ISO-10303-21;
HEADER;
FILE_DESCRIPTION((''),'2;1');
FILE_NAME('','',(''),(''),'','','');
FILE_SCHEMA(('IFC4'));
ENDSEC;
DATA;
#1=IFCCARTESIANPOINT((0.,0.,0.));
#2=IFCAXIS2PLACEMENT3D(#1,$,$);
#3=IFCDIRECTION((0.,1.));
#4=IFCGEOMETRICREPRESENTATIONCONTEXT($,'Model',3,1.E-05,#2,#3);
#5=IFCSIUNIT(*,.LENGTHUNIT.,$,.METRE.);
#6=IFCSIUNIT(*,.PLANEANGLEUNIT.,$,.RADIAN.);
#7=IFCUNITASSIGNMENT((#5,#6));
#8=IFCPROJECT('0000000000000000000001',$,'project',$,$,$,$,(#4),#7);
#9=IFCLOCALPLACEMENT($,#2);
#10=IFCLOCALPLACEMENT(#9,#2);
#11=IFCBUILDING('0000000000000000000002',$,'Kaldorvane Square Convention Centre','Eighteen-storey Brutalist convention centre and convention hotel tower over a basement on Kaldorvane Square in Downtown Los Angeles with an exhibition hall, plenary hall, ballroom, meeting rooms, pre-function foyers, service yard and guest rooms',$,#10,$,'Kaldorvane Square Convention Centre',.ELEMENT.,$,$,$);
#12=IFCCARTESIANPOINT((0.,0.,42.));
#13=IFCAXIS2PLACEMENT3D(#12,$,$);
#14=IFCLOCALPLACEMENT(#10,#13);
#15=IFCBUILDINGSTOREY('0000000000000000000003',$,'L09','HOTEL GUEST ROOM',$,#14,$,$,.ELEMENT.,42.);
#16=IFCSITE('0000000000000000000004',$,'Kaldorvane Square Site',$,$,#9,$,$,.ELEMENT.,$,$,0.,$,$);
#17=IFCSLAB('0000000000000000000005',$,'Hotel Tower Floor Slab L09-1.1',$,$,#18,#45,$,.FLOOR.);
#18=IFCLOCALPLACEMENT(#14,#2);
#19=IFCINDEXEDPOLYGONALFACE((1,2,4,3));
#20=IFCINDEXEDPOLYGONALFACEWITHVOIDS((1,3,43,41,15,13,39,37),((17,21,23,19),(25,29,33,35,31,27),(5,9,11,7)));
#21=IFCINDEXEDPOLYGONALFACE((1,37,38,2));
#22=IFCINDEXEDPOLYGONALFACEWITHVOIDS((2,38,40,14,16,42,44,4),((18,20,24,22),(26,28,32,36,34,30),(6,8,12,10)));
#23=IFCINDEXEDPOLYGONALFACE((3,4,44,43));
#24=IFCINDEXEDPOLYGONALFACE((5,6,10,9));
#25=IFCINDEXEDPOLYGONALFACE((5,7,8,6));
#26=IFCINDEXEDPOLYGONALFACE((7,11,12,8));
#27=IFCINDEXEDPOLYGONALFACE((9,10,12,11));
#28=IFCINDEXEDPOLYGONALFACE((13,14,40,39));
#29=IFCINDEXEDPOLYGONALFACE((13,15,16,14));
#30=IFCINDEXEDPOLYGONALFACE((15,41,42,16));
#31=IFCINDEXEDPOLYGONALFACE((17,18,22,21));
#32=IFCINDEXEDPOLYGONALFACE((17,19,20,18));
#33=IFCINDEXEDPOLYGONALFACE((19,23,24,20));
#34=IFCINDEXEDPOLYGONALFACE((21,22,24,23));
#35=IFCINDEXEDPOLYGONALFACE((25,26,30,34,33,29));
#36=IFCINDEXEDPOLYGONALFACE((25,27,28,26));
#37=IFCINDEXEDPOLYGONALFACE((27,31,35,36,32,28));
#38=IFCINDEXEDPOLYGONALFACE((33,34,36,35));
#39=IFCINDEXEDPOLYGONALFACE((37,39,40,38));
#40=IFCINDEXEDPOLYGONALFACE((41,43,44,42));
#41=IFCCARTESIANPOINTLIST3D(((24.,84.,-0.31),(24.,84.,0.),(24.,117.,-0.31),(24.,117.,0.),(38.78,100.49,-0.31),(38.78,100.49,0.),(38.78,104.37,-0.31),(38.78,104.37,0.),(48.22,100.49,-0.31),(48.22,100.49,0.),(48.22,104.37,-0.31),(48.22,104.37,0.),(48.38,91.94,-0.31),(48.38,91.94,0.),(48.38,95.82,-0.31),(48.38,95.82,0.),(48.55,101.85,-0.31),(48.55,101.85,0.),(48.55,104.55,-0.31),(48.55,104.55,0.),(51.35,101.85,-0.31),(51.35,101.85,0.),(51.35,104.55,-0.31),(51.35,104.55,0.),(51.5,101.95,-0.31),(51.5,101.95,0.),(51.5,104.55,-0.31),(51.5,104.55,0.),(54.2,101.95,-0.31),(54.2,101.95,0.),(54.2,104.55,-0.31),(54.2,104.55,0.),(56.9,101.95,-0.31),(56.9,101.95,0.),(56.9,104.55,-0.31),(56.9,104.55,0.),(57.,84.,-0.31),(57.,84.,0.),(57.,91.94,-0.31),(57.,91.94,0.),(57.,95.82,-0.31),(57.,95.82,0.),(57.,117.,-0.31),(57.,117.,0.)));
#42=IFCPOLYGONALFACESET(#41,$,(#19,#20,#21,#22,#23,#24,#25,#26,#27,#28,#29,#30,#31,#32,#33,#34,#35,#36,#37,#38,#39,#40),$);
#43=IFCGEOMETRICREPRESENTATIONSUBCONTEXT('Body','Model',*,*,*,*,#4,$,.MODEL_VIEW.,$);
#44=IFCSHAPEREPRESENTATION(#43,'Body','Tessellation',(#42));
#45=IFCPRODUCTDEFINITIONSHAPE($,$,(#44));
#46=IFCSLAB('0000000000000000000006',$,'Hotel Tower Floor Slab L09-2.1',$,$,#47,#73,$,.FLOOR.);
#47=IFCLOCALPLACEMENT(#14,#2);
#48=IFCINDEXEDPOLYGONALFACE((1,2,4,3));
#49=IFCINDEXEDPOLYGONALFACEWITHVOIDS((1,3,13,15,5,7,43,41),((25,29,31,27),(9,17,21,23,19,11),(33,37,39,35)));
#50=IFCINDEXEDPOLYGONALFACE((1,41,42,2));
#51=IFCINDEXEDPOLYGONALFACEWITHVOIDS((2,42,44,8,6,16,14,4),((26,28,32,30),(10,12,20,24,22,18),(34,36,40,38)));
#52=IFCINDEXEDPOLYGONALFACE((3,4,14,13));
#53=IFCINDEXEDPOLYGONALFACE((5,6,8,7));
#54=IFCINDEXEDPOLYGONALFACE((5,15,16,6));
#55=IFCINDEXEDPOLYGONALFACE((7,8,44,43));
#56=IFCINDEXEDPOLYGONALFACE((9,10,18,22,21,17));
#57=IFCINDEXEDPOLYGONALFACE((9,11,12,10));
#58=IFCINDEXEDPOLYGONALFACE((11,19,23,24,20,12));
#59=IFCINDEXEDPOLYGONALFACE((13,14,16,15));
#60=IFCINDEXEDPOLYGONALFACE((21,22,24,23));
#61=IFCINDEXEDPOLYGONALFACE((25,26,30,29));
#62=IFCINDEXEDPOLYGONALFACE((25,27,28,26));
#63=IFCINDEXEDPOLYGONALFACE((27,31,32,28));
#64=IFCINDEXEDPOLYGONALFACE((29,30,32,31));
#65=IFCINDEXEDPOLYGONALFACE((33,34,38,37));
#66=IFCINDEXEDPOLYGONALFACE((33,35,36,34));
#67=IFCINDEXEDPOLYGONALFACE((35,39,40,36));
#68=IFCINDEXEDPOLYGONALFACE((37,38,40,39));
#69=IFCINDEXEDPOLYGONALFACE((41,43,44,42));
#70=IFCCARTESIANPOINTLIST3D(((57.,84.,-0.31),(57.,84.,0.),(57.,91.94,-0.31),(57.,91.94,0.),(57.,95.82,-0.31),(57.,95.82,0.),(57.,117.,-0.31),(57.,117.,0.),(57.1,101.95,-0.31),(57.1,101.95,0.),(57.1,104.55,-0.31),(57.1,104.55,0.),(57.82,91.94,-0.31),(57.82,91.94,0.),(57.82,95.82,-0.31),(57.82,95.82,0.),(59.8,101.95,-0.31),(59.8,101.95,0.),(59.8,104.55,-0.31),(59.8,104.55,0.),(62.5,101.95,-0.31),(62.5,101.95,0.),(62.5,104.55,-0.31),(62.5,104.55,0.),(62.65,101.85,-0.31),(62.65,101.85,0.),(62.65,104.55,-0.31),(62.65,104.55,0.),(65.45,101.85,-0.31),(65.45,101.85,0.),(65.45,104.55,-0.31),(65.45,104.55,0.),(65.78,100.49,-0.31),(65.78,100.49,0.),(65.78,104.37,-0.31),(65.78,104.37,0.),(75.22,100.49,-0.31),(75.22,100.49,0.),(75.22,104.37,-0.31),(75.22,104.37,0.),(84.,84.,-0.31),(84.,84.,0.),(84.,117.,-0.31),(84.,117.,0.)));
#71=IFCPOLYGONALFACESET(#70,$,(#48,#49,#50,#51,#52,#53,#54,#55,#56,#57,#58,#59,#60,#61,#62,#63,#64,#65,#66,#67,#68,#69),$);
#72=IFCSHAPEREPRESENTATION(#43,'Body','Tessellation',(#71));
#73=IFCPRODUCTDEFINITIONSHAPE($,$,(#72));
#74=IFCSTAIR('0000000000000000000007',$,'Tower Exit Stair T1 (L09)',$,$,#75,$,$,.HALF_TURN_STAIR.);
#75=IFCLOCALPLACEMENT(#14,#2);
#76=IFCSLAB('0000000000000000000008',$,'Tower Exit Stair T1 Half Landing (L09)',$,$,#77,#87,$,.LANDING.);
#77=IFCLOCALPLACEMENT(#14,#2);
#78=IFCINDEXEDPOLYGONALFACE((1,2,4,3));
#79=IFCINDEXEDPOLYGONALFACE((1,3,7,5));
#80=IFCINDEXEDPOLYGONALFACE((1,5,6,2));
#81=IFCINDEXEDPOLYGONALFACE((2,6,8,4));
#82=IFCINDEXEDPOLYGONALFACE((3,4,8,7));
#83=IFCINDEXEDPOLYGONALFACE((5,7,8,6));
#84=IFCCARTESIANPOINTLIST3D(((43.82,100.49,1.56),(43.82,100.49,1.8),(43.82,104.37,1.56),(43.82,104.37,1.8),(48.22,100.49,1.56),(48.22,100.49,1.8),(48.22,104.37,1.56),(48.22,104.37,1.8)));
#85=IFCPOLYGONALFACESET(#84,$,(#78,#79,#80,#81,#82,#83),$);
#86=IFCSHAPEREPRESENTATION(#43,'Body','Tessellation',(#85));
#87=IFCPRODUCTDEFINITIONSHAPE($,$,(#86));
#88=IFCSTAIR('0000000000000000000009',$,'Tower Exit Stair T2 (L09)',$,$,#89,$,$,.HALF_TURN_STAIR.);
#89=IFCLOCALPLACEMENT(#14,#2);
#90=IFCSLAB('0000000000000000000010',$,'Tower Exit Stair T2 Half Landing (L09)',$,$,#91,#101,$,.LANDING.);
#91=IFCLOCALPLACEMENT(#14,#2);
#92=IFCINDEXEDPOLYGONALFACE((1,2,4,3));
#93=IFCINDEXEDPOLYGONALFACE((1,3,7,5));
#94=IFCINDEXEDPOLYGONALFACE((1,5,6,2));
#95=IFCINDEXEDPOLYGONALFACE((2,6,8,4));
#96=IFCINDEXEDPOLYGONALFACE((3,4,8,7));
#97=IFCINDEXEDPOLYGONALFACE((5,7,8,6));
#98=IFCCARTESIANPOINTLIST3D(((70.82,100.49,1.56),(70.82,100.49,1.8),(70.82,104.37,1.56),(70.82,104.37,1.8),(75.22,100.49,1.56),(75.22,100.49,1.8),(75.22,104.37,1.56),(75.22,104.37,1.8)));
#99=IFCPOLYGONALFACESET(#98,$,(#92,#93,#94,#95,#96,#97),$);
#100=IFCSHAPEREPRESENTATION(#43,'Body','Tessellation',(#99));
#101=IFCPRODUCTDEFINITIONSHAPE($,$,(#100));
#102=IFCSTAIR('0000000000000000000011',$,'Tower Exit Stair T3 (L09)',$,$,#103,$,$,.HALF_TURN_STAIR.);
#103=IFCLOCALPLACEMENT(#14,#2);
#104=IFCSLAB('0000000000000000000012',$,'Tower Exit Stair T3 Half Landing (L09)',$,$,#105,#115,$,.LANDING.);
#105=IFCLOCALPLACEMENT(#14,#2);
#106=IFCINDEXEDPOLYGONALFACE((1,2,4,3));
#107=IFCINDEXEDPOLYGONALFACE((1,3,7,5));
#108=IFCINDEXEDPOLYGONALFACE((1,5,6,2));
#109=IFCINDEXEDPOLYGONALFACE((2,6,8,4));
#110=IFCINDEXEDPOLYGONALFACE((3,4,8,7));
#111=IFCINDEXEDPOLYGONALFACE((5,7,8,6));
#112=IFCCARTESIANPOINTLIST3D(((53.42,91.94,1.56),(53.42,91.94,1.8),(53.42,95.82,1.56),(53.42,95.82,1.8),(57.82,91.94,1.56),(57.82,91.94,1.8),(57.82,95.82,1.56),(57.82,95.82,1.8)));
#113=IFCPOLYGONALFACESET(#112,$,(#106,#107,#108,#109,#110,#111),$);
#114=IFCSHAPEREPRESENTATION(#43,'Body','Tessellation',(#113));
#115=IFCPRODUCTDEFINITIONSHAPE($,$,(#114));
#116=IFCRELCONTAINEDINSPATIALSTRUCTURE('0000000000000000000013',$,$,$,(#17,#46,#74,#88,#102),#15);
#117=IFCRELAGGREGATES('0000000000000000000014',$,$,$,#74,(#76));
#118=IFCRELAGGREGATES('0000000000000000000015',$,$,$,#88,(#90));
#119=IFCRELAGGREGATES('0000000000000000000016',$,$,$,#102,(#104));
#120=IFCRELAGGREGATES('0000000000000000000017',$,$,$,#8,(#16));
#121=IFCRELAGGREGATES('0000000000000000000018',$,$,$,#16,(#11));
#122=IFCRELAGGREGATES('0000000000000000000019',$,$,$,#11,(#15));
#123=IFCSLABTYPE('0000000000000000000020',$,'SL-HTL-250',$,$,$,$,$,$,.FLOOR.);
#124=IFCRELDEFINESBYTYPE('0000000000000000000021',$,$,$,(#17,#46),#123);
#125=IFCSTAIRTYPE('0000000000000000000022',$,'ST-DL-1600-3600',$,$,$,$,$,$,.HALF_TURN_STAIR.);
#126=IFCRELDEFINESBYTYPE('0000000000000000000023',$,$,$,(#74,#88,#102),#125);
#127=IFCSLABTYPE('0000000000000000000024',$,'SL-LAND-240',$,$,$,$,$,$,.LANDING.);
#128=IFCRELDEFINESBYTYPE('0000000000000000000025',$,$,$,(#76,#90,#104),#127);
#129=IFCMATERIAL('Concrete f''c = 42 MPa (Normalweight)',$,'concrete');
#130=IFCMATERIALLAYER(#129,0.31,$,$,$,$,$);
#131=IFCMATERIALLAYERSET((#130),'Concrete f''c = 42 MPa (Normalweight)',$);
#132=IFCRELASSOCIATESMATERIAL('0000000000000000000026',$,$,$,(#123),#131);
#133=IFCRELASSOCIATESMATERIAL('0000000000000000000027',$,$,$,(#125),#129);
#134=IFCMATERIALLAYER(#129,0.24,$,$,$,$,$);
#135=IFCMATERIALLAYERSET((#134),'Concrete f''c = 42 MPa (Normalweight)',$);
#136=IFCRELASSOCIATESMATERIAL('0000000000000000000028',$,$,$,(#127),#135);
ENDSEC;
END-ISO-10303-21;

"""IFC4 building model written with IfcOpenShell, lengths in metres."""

from ifc_helpers import new_model, si_unit, direction, frame, origin, place, context, subcontext, project, spatial, polyline, outline, extrude, material, layer, layer_set, type_object, element, aggregate, save


model = new_model("IFC4")

# Units and contexts
model_context = context("Model", 3, precision=1e-05, world=origin(), true_north=direction((0.0, 1.0)))
body_context = subcontext(model_context, "Body", "Model", "MODEL_VIEW")
ifc_project = project(units=[si_unit("LENGTHUNIT", "METRE"), si_unit("PLANEANGLEUNIT", "RADIAN")], contexts=[model_context])

# Site, building, storey
site_placement = place(None, origin())
site = spatial("IfcSite", under=ifc_project, at=site_placement, Name="Kaldorvane Square Site", CompositionType="ELEMENT", RefElevation=0.0)
building_placement = place(site_placement, origin())
building = spatial("IfcBuilding", under=site, at=building_placement, Name="Kaldorvane Square Convention Centre", Description="Eighteen-storey Brutalist convention centre and convention hotel tower over a basement on Kaldorvane Square in Downtown Los Angeles with an exhibition hall, plenary hall, ballroom, meeting rooms, pre-function foyers, service yard and guest rooms", LongName="Kaldorvane Square Convention Centre", CompositionType="ELEMENT")
storey_placement = place(building_placement, frame((0.0, 0.0, 42.0)))
storey = spatial("IfcBuildingStorey", under=building, at=storey_placement, Name="L09", Description="HOTEL GUEST ROOM", CompositionType="ELEMENT", Elevation=42.0)

# Shared definitions
ifc_material = material(Name="Concrete f'c = 42 MPa (Normalweight)", Category="concrete")

# Slabs
ifc_layer_1 = layer(ifc_material, 0.31)
ifc_layer_set_1 = layer_set([ifc_layer_1], Name="Concrete f'c = 42 MPa (Normalweight)")
slab_type_1 = type_object("IfcSlabType", Name="SL-HTL-250", PredefinedType="FLOOR", material=ifc_layer_set_1)
slab_1_placement = place(storey_placement, frame((0.0, 0.0, -0.31)))
element("IfcSlab", 1, at=slab_1_placement, inside=storey, type_object=slab_type_1, Name="Hotel Tower Floor Slab L09-1.1", PredefinedType="FLOOR", context=body_context, shape_type="SweptSolid", body=[
    extrude(outline(polyline([(24.0, 117.0), (57.0, 117.0), (57.0, 95.82), (48.38, 95.82), (48.38, 91.94), (57.0, 91.94), (57.0, 84.0), (24.0, 84.0), (24.0, 117.0)]), holes=[polyline([(38.78, 104.37), (38.78, 100.49), (48.22, 100.49), (48.22, 104.37), (38.78, 104.37)]), polyline([(48.55, 104.55), (48.55, 101.85), (51.35, 101.85), (51.35, 104.55), (48.55, 104.55)]), polyline([(51.5, 104.55), (51.5, 101.95), (54.2, 101.95), (56.9, 101.95), (56.9, 104.55), (54.2, 104.55), (51.5, 104.55)])]), origin(), (0.0, 0.0, 1.0), 0.31),
])
slab_2_placement = place(storey_placement, frame((0.0, 0.0, -0.31)))
element("IfcSlab", 2, at=slab_2_placement, inside=storey, type_object=slab_type_1, Name="Hotel Tower Floor Slab L09-2.1", PredefinedType="FLOOR", context=body_context, shape_type="SweptSolid", body=[
    extrude(outline(polyline([(84.0, 117.0), (84.0, 84.0), (57.0, 84.0), (57.0, 91.94), (57.82, 91.94), (57.82, 95.82), (57.0, 95.82), (57.0, 117.0), (84.0, 117.0)]), holes=[polyline([(65.78, 104.37), (65.78, 100.49), (75.22, 100.49), (75.22, 104.37), (65.78, 104.37)]), polyline([(62.65, 104.55), (62.65, 101.85), (65.45, 101.85), (65.45, 104.55), (62.65, 104.55)]), polyline([(57.1, 104.55), (57.1, 101.95), (59.8, 101.95), (62.5, 101.95), (62.5, 104.55), (59.8, 104.55), (57.1, 104.55)])]), origin(), (0.0, 0.0, 1.0), 0.31),
])

# Stairs, slabs
stair_type = type_object("IfcStairType", Name="ST-DL-1600-3600", PredefinedType="HALF_TURN_STAIR", material=ifc_material)
stair_1_placement = place(storey_placement, origin())
stair_1 = element("IfcStair", 3, at=stair_1_placement, inside=storey, type_object=stair_type, Name="Tower Exit Stair T1 (L09)", PredefinedType="HALF_TURN_STAIR")
ifc_layer_2 = layer(ifc_material, 0.24)
ifc_layer_set_2 = layer_set([ifc_layer_2], Name="Concrete f'c = 42 MPa (Normalweight)")
slab_type_2 = type_object("IfcSlabType", Name="SL-LAND-240", PredefinedType="LANDING", material=ifc_layer_set_2)
slab_3_placement = place(storey_placement, frame((0.0, 0.0, 1.56)))
slab_3 = element("IfcSlab", 4, at=slab_3_placement, type_object=slab_type_2, Name="Tower Exit Stair T1 Half Landing (L09)", PredefinedType="LANDING", context=body_context, shape_type="SweptSolid", body=[
    extrude(outline(polyline([(43.82, 100.49), (48.22, 100.49), (48.22, 104.37), (43.82, 104.37), (43.82, 100.49)])), origin(), (0.0, 0.0, 1.0), 0.24),
])
aggregate(stair_1, [slab_3])
stair_2_placement = place(storey_placement, origin())
stair_2 = element("IfcStair", 5, at=stair_2_placement, inside=storey, type_object=stair_type, Name="Tower Exit Stair T2 (L09)", PredefinedType="HALF_TURN_STAIR")
slab_4_placement = place(storey_placement, frame((0.0, 0.0, 1.56)))
slab_4 = element("IfcSlab", 6, at=slab_4_placement, type_object=slab_type_2, Name="Tower Exit Stair T2 Half Landing (L09)", PredefinedType="LANDING", context=body_context, shape_type="SweptSolid", body=[
    extrude(outline(polyline([(70.82, 100.49), (75.22, 100.49), (75.22, 104.37), (70.82, 104.37), (70.82, 100.49)])), origin(), (0.0, 0.0, 1.0), 0.24),
])
aggregate(stair_2, [slab_4])
stair_3_placement = place(storey_placement, origin())
stair_3 = element("IfcStair", 7, at=stair_3_placement, inside=storey, type_object=stair_type, Name="Tower Exit Stair T3 (L09)", PredefinedType="HALF_TURN_STAIR")
slab_5_placement = place(storey_placement, frame((0.0, 0.0, 1.56)))
slab_5 = element("IfcSlab", 8, at=slab_5_placement, type_object=slab_type_2, Name="Tower Exit Stair T3 Half Landing (L09)", PredefinedType="LANDING", context=body_context, shape_type="SweptSolid", body=[
    extrude(outline(polyline([(53.42, 91.94), (57.82, 91.94), (57.82, 95.82), (53.42, 95.82), (53.42, 91.94)])), origin(), (0.0, 0.0, 1.0), 0.24),
])
aggregate(stair_3, [slab_5])

save(model, "model.ifc")
